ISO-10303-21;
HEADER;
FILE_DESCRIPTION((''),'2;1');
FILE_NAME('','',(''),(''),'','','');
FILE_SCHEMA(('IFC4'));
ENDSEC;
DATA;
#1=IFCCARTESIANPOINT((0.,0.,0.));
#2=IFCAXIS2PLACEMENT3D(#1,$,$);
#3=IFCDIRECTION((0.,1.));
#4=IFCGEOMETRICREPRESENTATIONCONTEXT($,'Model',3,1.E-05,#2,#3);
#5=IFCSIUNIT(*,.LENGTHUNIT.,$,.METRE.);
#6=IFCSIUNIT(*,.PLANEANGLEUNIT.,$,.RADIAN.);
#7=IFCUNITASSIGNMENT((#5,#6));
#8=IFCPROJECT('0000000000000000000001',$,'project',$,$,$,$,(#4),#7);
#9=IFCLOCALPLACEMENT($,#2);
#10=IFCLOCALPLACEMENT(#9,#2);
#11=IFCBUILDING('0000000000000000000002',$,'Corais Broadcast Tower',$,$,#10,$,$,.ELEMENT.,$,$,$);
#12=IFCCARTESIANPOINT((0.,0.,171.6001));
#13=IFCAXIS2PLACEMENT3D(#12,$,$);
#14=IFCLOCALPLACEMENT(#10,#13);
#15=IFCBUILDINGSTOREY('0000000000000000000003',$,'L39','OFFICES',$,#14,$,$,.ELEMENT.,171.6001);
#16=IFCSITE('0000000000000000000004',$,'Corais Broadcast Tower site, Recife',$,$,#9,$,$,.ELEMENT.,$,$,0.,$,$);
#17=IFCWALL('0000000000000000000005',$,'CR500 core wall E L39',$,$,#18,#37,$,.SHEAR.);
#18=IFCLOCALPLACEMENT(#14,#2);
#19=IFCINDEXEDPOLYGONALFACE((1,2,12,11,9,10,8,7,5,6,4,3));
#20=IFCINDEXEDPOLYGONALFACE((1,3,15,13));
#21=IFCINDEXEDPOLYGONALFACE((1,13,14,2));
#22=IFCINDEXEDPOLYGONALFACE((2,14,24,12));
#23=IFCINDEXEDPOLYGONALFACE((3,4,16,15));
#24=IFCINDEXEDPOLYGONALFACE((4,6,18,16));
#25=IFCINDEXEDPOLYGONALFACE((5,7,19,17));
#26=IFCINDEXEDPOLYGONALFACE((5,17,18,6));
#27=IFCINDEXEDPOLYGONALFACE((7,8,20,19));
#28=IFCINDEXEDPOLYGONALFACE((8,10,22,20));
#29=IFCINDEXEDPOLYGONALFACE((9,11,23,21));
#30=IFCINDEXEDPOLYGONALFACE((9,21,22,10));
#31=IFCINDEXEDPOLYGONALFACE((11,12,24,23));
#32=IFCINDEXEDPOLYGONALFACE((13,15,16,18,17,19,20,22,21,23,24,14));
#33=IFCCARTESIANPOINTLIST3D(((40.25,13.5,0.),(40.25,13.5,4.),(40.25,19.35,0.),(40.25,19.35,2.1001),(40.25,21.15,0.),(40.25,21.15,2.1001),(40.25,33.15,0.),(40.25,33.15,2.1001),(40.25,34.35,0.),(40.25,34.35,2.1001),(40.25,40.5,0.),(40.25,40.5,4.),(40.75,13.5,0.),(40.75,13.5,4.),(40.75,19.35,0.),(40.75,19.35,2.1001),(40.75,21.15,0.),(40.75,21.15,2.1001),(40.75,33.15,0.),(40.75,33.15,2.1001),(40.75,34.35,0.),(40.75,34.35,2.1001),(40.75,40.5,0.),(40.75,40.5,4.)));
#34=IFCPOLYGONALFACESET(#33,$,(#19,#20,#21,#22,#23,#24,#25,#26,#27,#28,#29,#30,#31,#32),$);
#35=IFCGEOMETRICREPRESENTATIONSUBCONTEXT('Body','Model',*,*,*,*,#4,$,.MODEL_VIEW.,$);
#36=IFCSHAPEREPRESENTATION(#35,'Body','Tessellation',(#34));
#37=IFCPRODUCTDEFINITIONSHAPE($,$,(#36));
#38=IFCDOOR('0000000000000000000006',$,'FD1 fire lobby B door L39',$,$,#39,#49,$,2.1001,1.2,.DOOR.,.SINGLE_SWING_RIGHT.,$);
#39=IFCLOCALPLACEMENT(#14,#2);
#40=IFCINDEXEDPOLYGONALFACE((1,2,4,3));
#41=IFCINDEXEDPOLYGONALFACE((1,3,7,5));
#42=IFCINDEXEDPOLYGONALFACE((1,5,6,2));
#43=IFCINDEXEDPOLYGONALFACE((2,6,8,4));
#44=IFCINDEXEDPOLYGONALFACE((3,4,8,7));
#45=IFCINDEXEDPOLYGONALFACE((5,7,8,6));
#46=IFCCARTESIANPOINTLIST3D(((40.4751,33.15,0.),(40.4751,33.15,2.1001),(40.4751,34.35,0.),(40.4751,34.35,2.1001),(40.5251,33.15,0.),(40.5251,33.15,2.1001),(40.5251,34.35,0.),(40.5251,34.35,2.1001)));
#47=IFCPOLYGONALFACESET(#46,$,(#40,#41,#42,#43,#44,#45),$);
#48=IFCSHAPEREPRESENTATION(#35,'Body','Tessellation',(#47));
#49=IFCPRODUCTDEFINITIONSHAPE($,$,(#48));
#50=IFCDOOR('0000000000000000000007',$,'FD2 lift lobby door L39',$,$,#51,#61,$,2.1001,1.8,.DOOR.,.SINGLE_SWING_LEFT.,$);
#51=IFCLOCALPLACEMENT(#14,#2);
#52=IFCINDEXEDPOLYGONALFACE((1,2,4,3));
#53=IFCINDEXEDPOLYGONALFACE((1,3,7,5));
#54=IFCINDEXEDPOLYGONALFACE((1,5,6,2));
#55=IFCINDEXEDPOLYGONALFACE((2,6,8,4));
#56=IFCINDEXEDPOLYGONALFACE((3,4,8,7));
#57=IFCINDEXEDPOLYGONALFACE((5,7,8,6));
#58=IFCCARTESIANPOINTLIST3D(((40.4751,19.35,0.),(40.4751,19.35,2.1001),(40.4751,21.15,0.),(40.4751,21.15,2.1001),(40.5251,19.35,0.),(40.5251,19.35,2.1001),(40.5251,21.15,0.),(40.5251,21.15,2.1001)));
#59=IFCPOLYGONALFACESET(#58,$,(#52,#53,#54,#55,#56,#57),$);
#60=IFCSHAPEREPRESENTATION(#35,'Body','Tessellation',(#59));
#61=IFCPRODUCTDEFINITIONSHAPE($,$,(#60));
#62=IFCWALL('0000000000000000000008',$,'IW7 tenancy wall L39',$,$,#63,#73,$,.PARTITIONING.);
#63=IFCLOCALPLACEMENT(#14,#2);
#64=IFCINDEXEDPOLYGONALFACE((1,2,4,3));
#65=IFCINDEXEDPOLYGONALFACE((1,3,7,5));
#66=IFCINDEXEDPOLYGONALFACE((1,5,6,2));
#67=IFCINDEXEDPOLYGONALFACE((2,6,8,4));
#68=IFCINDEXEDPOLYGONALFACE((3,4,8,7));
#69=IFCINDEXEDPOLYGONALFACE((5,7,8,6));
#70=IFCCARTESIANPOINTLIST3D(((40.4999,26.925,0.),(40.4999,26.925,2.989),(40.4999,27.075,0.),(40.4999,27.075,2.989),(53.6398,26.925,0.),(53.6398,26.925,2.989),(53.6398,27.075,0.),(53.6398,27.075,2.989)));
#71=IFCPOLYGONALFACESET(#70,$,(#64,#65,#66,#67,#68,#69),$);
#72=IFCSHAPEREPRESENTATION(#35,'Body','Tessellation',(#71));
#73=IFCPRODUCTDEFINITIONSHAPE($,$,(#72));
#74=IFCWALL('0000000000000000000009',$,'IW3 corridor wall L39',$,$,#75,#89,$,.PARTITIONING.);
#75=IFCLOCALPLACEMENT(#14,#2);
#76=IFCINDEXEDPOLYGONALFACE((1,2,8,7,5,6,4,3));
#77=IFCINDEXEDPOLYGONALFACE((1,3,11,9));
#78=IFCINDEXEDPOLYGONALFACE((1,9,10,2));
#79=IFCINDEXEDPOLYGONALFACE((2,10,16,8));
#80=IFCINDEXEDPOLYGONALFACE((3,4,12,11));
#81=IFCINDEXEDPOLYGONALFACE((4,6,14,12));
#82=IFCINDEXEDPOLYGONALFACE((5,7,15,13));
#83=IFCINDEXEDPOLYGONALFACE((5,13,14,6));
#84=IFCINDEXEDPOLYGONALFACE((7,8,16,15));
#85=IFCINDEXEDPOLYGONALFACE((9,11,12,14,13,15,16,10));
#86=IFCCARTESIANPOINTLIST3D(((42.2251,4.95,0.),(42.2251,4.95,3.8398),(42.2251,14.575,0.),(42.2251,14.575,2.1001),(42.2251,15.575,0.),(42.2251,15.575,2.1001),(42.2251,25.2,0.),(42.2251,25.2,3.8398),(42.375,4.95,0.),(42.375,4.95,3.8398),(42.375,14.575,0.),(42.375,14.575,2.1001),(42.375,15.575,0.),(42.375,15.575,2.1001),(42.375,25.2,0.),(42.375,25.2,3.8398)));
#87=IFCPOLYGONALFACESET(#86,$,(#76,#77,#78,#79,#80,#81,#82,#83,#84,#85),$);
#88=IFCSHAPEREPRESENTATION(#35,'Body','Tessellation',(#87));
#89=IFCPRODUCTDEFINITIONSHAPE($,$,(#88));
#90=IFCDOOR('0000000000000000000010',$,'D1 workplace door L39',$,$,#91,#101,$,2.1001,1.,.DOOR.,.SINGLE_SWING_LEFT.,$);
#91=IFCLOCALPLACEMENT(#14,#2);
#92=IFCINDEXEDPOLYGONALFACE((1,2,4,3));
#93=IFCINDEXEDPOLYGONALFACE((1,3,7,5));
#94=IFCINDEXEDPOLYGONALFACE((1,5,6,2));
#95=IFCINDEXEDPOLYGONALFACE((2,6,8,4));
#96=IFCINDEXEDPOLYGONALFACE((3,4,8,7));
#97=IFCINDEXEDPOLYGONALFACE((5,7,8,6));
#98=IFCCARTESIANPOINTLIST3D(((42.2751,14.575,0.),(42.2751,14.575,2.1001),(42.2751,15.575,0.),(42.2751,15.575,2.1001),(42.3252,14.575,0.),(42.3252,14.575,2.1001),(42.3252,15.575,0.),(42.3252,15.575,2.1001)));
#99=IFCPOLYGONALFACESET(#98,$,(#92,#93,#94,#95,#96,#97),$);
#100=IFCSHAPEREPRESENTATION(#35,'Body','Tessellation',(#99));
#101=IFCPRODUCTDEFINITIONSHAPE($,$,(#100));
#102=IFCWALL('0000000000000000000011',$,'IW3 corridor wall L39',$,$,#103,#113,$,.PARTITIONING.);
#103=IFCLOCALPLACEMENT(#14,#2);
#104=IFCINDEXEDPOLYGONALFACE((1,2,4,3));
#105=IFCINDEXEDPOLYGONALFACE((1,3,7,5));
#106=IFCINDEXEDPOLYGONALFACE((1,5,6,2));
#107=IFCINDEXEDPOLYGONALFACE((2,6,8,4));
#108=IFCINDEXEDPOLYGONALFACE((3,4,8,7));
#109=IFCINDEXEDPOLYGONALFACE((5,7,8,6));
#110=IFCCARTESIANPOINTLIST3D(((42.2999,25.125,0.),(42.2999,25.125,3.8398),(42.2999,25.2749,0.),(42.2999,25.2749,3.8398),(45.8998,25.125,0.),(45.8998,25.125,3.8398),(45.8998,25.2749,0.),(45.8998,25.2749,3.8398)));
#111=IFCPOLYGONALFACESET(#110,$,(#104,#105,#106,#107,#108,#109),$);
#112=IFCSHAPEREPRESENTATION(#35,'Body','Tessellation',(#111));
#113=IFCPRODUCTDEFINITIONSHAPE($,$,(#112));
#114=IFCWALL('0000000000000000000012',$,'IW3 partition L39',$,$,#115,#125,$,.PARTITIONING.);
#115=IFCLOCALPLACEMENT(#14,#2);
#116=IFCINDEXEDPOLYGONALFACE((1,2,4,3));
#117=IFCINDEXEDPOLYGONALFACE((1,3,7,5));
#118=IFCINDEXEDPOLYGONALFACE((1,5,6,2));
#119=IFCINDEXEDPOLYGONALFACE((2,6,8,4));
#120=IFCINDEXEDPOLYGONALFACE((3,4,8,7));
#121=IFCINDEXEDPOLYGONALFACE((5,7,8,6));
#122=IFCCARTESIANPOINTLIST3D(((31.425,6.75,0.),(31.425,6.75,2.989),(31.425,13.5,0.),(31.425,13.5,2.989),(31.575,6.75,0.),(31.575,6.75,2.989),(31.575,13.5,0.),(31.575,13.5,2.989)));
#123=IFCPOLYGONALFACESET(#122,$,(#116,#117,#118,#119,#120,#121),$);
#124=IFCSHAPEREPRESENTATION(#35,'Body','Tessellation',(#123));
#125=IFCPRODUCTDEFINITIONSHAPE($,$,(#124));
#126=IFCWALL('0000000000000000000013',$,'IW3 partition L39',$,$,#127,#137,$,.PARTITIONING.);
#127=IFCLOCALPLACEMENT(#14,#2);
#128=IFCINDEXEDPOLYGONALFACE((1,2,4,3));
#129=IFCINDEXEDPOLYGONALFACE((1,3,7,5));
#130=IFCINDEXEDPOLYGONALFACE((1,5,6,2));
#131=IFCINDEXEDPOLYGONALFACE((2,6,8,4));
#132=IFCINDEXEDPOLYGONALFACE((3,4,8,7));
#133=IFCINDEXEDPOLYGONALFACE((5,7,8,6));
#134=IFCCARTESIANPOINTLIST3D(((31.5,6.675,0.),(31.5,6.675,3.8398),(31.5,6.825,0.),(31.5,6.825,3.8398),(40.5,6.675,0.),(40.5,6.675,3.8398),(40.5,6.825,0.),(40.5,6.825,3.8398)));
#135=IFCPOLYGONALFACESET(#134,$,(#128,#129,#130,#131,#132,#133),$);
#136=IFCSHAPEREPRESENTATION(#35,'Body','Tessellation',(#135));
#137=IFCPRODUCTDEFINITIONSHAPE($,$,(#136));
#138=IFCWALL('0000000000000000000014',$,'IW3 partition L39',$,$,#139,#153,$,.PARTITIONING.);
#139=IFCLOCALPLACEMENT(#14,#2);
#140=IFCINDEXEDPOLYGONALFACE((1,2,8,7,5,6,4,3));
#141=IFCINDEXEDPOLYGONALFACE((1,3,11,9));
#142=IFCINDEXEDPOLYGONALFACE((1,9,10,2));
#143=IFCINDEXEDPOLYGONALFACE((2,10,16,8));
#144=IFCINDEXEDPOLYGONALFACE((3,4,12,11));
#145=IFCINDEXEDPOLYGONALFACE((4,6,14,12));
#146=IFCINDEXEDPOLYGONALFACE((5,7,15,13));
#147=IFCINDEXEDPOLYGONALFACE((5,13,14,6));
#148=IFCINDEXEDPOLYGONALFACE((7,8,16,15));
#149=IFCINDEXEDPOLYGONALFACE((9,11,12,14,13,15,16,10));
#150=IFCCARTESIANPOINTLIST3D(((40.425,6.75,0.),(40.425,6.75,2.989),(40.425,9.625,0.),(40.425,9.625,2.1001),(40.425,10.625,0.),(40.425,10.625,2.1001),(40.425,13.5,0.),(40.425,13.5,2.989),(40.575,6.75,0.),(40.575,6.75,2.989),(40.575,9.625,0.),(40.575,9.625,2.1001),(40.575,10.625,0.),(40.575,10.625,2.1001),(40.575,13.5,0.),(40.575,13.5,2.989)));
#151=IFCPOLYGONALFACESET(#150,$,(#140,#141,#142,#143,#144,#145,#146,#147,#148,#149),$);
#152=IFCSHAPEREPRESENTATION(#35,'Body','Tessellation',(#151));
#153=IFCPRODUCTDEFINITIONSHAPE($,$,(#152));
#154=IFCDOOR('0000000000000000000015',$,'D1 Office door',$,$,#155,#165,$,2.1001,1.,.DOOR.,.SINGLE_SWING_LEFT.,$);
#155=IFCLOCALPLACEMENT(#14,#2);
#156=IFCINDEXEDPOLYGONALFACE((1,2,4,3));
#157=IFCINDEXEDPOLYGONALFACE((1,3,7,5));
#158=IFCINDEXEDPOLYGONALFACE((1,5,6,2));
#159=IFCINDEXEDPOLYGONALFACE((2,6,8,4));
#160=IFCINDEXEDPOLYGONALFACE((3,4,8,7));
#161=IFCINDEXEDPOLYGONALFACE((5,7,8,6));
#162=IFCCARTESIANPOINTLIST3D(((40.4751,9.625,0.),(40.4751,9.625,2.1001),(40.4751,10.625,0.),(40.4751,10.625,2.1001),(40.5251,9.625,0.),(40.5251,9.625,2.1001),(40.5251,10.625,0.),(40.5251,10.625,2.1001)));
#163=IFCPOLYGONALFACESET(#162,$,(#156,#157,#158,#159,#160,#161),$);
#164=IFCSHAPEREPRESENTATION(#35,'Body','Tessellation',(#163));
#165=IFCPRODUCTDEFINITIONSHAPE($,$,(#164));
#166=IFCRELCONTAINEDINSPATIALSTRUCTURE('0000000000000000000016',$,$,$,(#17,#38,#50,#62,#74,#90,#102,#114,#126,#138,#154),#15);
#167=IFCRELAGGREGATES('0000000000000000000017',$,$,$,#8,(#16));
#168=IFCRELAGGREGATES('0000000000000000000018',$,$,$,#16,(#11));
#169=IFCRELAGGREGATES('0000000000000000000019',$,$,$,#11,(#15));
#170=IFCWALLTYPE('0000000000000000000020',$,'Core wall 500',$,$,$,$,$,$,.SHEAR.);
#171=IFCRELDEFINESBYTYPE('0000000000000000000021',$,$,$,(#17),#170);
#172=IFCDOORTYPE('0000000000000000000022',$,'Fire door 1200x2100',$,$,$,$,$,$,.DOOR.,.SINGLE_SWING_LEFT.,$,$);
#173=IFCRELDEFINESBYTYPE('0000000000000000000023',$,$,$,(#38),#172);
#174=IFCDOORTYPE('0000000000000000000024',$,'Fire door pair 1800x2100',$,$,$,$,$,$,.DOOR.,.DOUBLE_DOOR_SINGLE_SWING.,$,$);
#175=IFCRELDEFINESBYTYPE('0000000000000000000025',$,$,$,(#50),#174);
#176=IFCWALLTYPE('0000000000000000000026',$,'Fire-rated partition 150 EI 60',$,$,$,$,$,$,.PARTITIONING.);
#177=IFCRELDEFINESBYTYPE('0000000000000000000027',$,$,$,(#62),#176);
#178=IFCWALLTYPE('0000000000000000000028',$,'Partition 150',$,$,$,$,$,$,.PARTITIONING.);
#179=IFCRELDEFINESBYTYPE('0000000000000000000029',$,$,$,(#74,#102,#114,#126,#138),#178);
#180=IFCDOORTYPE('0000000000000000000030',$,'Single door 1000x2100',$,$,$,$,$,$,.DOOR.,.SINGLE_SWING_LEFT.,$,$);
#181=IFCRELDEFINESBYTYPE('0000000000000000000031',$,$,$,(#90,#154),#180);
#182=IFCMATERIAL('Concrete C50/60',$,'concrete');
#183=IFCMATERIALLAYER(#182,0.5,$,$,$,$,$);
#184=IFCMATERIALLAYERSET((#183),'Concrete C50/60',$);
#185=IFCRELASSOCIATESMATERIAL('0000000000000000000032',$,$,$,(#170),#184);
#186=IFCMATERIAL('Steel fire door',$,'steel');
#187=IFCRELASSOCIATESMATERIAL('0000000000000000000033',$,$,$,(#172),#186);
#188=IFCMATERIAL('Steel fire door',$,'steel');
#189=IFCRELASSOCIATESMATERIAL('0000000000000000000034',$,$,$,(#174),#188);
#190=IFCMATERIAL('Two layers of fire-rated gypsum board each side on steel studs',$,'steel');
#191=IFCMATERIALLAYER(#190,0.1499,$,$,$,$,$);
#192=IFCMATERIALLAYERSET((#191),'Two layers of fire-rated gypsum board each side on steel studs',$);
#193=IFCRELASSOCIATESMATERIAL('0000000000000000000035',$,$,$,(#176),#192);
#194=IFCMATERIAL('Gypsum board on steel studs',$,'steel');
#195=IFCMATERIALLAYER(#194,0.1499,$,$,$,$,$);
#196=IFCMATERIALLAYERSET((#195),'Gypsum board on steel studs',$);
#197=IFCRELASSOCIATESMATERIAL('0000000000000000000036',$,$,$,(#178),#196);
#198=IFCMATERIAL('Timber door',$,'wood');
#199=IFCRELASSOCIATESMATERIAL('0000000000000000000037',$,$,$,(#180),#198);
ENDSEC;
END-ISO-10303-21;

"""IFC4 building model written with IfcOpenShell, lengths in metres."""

from ifc_helpers import new_model, si_unit, direction, frame, frame_2d, origin, place, context, subcontext, project, spatial, rectangle, extrude, material, layer, layer_set, type_object, element, fill, save


model = new_model("IFC4")

# Units and contexts
model_context = context("Model", 3, precision=1e-05, world=origin(), true_north=direction((0.0, 1.0)))
body_context = subcontext(model_context, "Body", "Model", "MODEL_VIEW")
ifc_project = project(units=[si_unit("LENGTHUNIT", "METRE"), si_unit("PLANEANGLEUNIT", "RADIAN")], contexts=[model_context])

# Site, building, storey
site_placement = place(None, origin())
site = spatial("IfcSite", under=ifc_project, at=site_placement, Name="Corais Broadcast Tower site, Recife", CompositionType="ELEMENT", RefElevation=0.0)
building_placement = place(site_placement, origin())
building = spatial("IfcBuilding", under=site, at=building_placement, Name="Corais Broadcast Tower", CompositionType="ELEMENT")
storey_placement = place(building_placement, frame((0.0, 0.0, 171.6001)))
storey = spatial("IfcBuildingStorey", under=building, at=storey_placement, Name="L39", Description="OFFICES", CompositionType="ELEMENT", Elevation=171.6001)

# Wall, openings, doors
ifc_material_1 = material(Name="Concrete C50/60", Category="concrete")
ifc_layer_1 = layer(ifc_material_1, 0.5)
ifc_layer_set_1 = layer_set([ifc_layer_1], Name="Concrete C50/60")
wall_type_1 = type_object("IfcWallType", Name="Core wall 500", PredefinedType="SHEAR", material=ifc_layer_set_1)
wall_1_placement = place(storey_placement, frame((40.5, 13.5, 0.0), z_axis=(0.0, 0.0, 1.0), x_axis=(0.0, 1.0, 0.0)))
wall_1 = element("IfcWall", 1, at=wall_1_placement, inside=storey, type_object=wall_type_1, Name="CR500 core wall E L39", PredefinedType="SHEAR", context=body_context, shape_type="SweptSolid", body=[
    extrude(rectangle(XDim=27.0, YDim=0.5, at=frame_2d((13.5, 0.0))), origin(), (0.0, 0.0, 1.0), 4.0),
])
opening_1_placement = place(wall_1_placement, frame((5.8501, 0.0, 0.0)))
opening_1 = element("IfcOpeningElement", 2, at=opening_1_placement, cuts=wall_1, PredefinedType="OPENING", context=body_context, shape_type="SweptSolid", body=[
    extrude(rectangle(XDim=1.8, YDim=2.1001, at=frame_2d((0.8999, 1.05))), frame((0.0, 0.26, 0.0), z_axis=(0.0, -1.0, 0.0), x_axis=(1.0, 0.0, 0.0)), (0.0, 0.0, 1.0), 0.52),
])
opening_2_placement = place(wall_1_placement, frame((19.6499, 0.0, 0.0)))
opening_2 = element("IfcOpeningElement", 3, at=opening_2_placement, cuts=wall_1, PredefinedType="OPENING", context=body_context, shape_type="SweptSolid", body=[
    extrude(rectangle(XDim=1.2, YDim=2.1001, at=frame_2d((0.6001, 1.05))), frame((0.0, 0.26, 0.0), z_axis=(0.0, -1.0, 0.0), x_axis=(1.0, 0.0, 0.0)), (0.0, 0.0, 1.0), 0.52),
])
ifc_material_2 = material(Name="Steel fire door", Category="steel")
door_type_1 = type_object("IfcDoorType", Name="Fire door 1200x2100", OperationType="SINGLE_SWING_LEFT", PredefinedType="DOOR", material=ifc_material_2)
door_1_placement = place(opening_2_placement, origin())
door_1 = element("IfcDoor", 4, at=door_1_placement, inside=storey, type_object=door_type_1, Name="FD1 fire lobby B door L39", OperationType="SINGLE_SWING_RIGHT", OverallHeight=2.1001, OverallWidth=1.2, PredefinedType="DOOR", context=body_context, shape_type="SweptSolid", body=[
    extrude(rectangle(XDim=1.2, YDim=2.1001, at=frame_2d((0.6001, 1.05))), frame((0.0, 0.0249, 0.0), z_axis=(0.0, -1.0, 0.0), x_axis=(1.0, 0.0, 0.0)), (0.0, 0.0, 1.0), 0.05),
])
fill(opening_2, door_1)
ifc_material_3 = material(Name="Steel fire door", Category="steel")
door_type_2 = type_object("IfcDoorType", Name="Fire door pair 1800x2100", OperationType="DOUBLE_DOOR_SINGLE_SWING", PredefinedType="DOOR", material=ifc_material_3)
door_2_placement = place(opening_1_placement, origin())
door_2 = element("IfcDoor", 5, at=door_2_placement, inside=storey, type_object=door_type_2, Name="FD2 lift lobby door L39", OperationType="SINGLE_SWING_LEFT", OverallHeight=2.1001, OverallWidth=1.8, PredefinedType="DOOR", context=body_context, shape_type="SweptSolid", body=[
    extrude(rectangle(XDim=1.8, YDim=2.1001, at=frame_2d((0.8999, 1.05))), frame((0.0, 0.0249, 0.0), z_axis=(0.0, -1.0, 0.0), x_axis=(1.0, 0.0, 0.0)), (0.0, 0.0, 1.0), 0.05),
])
fill(opening_1, door_2)

# Wall
ifc_material_4 = material(Name="Two layers of fire-rated gypsum board each side on steel studs", Category="steel")
ifc_layer_2 = layer(ifc_material_4, 0.1499)
ifc_layer_set_2 = layer_set([ifc_layer_2], Name="Two layers of fire-rated gypsum board each side on steel studs")
wall_type_2 = type_object("IfcWallType", Name="Fire-rated partition 150 EI 60", PredefinedType="PARTITIONING", material=ifc_layer_set_2)
wall_2_placement = place(storey_placement, frame((40.5, 27.0, 0.0), z_axis=(0.0, 0.0, 1.0), x_axis=(1.0, 0.0, 0.0)))
element("IfcWall", 6, at=wall_2_placement, inside=storey, type_object=wall_type_2, Name="IW7 tenancy wall L39", PredefinedType="PARTITIONING", context=body_context, shape_type="SweptSolid", body=[
    extrude(rectangle(XDim=13.1399, YDim=0.1499, at=frame_2d((6.5698, 0.0))), origin(), (0.0, 0.0, 1.0), 2.989),
])

# Wall, opening, door
ifc_material_5 = material(Name="Gypsum board on steel studs", Category="steel")
ifc_layer_3 = layer(ifc_material_5, 0.1499)
ifc_layer_set_3 = layer_set([ifc_layer_3], Name="Gypsum board on steel studs")
wall_type_3 = type_object("IfcWallType", Name="Partition 150", PredefinedType="PARTITIONING", material=ifc_layer_set_3)
wall_3_placement = place(storey_placement, frame((42.3, 4.95, 0.0), z_axis=(0.0, 0.0, 1.0), x_axis=(0.0, 1.0, 0.0)))
wall_3 = element("IfcWall", 7, at=wall_3_placement, inside=storey, type_object=wall_type_3, Name="IW3 corridor wall L39", PredefinedType="PARTITIONING", context=body_context, shape_type="SweptSolid", body=[
    extrude(rectangle(XDim=20.25, YDim=0.1499, at=frame_2d((10.125, 0.0))), origin(), (0.0, 0.0, 1.0), 3.8398),
])
opening_3_placement = place(wall_3_placement, frame((9.625, 0.0, 0.0)))
opening_3 = element("IfcOpeningElement", 8, at=opening_3_placement, cuts=wall_3, PredefinedType="OPENING", context=body_context, shape_type="SweptSolid", body=[
    extrude(rectangle(XDim=1.0, YDim=2.1001, at=frame_2d((0.5, 1.05))), frame((0.0, 0.085, 0.0), z_axis=(0.0, -1.0, 0.0), x_axis=(1.0, 0.0, 0.0)), (0.0, 0.0, 1.0), 0.1699),
])
ifc_material_6 = material(Name="Timber door", Category="wood")
door_type_3 = type_object("IfcDoorType", Name="Single door 1000x2100", OperationType="SINGLE_SWING_LEFT", PredefinedType="DOOR", material=ifc_material_6)
door_3_placement = place(opening_3_placement, origin())
door_3 = element("IfcDoor", 9, at=door_3_placement, inside=storey, type_object=door_type_3, Name="D1 workplace door L39", OperationType="SINGLE_SWING_LEFT", OverallHeight=2.1001, OverallWidth=1.0, PredefinedType="DOOR", context=body_context, shape_type="SweptSolid", body=[
    extrude(rectangle(XDim=1.0, YDim=2.1001, at=frame_2d((0.5, 1.05))), frame((0.0, 0.0249, 0.0), z_axis=(0.0, -1.0, 0.0), x_axis=(1.0, 0.0, 0.0)), (0.0, 0.0, 1.0), 0.05),
])
fill(opening_3, door_3)

# Walls
wall_4_placement = place(storey_placement, frame((42.3, 25.2, 0.0), z_axis=(0.0, 0.0, 1.0), x_axis=(1.0, 0.0, 0.0)))
element("IfcWall", 10, at=wall_4_placement, inside=storey, type_object=wall_type_3, Name="IW3 corridor wall L39", PredefinedType="PARTITIONING", context=body_context, shape_type="SweptSolid", body=[
    extrude(rectangle(XDim=3.5999, YDim=0.1499, at=frame_2d((1.7998, 0.0))), origin(), (0.0, 0.0, 1.0), 3.8398),
])
wall_5_placement = place(storey_placement, frame((31.5, 6.75, 0.0), z_axis=(0.0, 0.0, 1.0), x_axis=(0.0, 1.0, 0.0)))
element("IfcWall", 11, at=wall_5_placement, inside=storey, type_object=wall_type_3, Name="IW3 partition L39", PredefinedType="PARTITIONING", context=body_context, shape_type="SweptSolid", body=[
    extrude(rectangle(XDim=6.75, YDim=0.1499, at=frame_2d((3.375, 0.0))), origin(), (0.0, 0.0, 1.0), 2.989),
])
wall_6_placement = place(storey_placement, frame((31.5, 6.75, 0.0), z_axis=(0.0, 0.0, 1.0), x_axis=(1.0, 0.0, 0.0)))
element("IfcWall", 12, at=wall_6_placement, inside=storey, type_object=wall_type_3, Name="IW3 partition L39", PredefinedType="PARTITIONING", context=body_context, shape_type="SweptSolid", body=[
    extrude(rectangle(XDim=9.0, YDim=0.1499, at=frame_2d((4.5, 0.0))), origin(), (0.0, 0.0, 1.0), 3.8398),
])

# Wall, opening, door
wall_7_placement = place(storey_placement, frame((40.5, 6.75, 0.0), z_axis=(0.0, 0.0, 1.0), x_axis=(0.0, 1.0, 0.0)))
wall_7 = element("IfcWall", 13, at=wall_7_placement, inside=storey, type_object=wall_type_3, Name="IW3 partition L39", PredefinedType="PARTITIONING", context=body_context, shape_type="SweptSolid", body=[
    extrude(rectangle(XDim=6.75, YDim=0.1499, at=frame_2d((3.375, 0.0))), origin(), (0.0, 0.0, 1.0), 2.989),
])
opening_4_placement = place(wall_7_placement, frame((2.875, 0.0, 0.0)))
opening_4 = element("IfcOpeningElement", 14, at=opening_4_placement, cuts=wall_7, PredefinedType="OPENING", context=body_context, shape_type="SweptSolid", body=[
    extrude(rectangle(XDim=1.0, YDim=2.1001, at=frame_2d((0.5, 1.05))), frame((0.0, 0.085, 0.0), z_axis=(0.0, -1.0, 0.0), x_axis=(1.0, 0.0, 0.0)), (0.0, 0.0, 1.0), 0.1699),
])
door_4_placement = place(opening_4_placement, origin())
door_4 = element("IfcDoor", 15, at=door_4_placement, inside=storey, type_object=door_type_3, Name="D1 Office door", OperationType="SINGLE_SWING_LEFT", OverallHeight=2.1001, OverallWidth=1.0, PredefinedType="DOOR", context=body_context, shape_type="SweptSolid", body=[
    extrude(rectangle(XDim=1.0, YDim=2.1001, at=frame_2d((0.5, 1.05))), frame((0.0, 0.0249, 0.0), z_axis=(0.0, -1.0, 0.0), x_axis=(1.0, 0.0, 0.0)), (0.0, 0.0, 1.0), 0.05),
])
fill(opening_4, door_4)

save(model, "model.ifc")
